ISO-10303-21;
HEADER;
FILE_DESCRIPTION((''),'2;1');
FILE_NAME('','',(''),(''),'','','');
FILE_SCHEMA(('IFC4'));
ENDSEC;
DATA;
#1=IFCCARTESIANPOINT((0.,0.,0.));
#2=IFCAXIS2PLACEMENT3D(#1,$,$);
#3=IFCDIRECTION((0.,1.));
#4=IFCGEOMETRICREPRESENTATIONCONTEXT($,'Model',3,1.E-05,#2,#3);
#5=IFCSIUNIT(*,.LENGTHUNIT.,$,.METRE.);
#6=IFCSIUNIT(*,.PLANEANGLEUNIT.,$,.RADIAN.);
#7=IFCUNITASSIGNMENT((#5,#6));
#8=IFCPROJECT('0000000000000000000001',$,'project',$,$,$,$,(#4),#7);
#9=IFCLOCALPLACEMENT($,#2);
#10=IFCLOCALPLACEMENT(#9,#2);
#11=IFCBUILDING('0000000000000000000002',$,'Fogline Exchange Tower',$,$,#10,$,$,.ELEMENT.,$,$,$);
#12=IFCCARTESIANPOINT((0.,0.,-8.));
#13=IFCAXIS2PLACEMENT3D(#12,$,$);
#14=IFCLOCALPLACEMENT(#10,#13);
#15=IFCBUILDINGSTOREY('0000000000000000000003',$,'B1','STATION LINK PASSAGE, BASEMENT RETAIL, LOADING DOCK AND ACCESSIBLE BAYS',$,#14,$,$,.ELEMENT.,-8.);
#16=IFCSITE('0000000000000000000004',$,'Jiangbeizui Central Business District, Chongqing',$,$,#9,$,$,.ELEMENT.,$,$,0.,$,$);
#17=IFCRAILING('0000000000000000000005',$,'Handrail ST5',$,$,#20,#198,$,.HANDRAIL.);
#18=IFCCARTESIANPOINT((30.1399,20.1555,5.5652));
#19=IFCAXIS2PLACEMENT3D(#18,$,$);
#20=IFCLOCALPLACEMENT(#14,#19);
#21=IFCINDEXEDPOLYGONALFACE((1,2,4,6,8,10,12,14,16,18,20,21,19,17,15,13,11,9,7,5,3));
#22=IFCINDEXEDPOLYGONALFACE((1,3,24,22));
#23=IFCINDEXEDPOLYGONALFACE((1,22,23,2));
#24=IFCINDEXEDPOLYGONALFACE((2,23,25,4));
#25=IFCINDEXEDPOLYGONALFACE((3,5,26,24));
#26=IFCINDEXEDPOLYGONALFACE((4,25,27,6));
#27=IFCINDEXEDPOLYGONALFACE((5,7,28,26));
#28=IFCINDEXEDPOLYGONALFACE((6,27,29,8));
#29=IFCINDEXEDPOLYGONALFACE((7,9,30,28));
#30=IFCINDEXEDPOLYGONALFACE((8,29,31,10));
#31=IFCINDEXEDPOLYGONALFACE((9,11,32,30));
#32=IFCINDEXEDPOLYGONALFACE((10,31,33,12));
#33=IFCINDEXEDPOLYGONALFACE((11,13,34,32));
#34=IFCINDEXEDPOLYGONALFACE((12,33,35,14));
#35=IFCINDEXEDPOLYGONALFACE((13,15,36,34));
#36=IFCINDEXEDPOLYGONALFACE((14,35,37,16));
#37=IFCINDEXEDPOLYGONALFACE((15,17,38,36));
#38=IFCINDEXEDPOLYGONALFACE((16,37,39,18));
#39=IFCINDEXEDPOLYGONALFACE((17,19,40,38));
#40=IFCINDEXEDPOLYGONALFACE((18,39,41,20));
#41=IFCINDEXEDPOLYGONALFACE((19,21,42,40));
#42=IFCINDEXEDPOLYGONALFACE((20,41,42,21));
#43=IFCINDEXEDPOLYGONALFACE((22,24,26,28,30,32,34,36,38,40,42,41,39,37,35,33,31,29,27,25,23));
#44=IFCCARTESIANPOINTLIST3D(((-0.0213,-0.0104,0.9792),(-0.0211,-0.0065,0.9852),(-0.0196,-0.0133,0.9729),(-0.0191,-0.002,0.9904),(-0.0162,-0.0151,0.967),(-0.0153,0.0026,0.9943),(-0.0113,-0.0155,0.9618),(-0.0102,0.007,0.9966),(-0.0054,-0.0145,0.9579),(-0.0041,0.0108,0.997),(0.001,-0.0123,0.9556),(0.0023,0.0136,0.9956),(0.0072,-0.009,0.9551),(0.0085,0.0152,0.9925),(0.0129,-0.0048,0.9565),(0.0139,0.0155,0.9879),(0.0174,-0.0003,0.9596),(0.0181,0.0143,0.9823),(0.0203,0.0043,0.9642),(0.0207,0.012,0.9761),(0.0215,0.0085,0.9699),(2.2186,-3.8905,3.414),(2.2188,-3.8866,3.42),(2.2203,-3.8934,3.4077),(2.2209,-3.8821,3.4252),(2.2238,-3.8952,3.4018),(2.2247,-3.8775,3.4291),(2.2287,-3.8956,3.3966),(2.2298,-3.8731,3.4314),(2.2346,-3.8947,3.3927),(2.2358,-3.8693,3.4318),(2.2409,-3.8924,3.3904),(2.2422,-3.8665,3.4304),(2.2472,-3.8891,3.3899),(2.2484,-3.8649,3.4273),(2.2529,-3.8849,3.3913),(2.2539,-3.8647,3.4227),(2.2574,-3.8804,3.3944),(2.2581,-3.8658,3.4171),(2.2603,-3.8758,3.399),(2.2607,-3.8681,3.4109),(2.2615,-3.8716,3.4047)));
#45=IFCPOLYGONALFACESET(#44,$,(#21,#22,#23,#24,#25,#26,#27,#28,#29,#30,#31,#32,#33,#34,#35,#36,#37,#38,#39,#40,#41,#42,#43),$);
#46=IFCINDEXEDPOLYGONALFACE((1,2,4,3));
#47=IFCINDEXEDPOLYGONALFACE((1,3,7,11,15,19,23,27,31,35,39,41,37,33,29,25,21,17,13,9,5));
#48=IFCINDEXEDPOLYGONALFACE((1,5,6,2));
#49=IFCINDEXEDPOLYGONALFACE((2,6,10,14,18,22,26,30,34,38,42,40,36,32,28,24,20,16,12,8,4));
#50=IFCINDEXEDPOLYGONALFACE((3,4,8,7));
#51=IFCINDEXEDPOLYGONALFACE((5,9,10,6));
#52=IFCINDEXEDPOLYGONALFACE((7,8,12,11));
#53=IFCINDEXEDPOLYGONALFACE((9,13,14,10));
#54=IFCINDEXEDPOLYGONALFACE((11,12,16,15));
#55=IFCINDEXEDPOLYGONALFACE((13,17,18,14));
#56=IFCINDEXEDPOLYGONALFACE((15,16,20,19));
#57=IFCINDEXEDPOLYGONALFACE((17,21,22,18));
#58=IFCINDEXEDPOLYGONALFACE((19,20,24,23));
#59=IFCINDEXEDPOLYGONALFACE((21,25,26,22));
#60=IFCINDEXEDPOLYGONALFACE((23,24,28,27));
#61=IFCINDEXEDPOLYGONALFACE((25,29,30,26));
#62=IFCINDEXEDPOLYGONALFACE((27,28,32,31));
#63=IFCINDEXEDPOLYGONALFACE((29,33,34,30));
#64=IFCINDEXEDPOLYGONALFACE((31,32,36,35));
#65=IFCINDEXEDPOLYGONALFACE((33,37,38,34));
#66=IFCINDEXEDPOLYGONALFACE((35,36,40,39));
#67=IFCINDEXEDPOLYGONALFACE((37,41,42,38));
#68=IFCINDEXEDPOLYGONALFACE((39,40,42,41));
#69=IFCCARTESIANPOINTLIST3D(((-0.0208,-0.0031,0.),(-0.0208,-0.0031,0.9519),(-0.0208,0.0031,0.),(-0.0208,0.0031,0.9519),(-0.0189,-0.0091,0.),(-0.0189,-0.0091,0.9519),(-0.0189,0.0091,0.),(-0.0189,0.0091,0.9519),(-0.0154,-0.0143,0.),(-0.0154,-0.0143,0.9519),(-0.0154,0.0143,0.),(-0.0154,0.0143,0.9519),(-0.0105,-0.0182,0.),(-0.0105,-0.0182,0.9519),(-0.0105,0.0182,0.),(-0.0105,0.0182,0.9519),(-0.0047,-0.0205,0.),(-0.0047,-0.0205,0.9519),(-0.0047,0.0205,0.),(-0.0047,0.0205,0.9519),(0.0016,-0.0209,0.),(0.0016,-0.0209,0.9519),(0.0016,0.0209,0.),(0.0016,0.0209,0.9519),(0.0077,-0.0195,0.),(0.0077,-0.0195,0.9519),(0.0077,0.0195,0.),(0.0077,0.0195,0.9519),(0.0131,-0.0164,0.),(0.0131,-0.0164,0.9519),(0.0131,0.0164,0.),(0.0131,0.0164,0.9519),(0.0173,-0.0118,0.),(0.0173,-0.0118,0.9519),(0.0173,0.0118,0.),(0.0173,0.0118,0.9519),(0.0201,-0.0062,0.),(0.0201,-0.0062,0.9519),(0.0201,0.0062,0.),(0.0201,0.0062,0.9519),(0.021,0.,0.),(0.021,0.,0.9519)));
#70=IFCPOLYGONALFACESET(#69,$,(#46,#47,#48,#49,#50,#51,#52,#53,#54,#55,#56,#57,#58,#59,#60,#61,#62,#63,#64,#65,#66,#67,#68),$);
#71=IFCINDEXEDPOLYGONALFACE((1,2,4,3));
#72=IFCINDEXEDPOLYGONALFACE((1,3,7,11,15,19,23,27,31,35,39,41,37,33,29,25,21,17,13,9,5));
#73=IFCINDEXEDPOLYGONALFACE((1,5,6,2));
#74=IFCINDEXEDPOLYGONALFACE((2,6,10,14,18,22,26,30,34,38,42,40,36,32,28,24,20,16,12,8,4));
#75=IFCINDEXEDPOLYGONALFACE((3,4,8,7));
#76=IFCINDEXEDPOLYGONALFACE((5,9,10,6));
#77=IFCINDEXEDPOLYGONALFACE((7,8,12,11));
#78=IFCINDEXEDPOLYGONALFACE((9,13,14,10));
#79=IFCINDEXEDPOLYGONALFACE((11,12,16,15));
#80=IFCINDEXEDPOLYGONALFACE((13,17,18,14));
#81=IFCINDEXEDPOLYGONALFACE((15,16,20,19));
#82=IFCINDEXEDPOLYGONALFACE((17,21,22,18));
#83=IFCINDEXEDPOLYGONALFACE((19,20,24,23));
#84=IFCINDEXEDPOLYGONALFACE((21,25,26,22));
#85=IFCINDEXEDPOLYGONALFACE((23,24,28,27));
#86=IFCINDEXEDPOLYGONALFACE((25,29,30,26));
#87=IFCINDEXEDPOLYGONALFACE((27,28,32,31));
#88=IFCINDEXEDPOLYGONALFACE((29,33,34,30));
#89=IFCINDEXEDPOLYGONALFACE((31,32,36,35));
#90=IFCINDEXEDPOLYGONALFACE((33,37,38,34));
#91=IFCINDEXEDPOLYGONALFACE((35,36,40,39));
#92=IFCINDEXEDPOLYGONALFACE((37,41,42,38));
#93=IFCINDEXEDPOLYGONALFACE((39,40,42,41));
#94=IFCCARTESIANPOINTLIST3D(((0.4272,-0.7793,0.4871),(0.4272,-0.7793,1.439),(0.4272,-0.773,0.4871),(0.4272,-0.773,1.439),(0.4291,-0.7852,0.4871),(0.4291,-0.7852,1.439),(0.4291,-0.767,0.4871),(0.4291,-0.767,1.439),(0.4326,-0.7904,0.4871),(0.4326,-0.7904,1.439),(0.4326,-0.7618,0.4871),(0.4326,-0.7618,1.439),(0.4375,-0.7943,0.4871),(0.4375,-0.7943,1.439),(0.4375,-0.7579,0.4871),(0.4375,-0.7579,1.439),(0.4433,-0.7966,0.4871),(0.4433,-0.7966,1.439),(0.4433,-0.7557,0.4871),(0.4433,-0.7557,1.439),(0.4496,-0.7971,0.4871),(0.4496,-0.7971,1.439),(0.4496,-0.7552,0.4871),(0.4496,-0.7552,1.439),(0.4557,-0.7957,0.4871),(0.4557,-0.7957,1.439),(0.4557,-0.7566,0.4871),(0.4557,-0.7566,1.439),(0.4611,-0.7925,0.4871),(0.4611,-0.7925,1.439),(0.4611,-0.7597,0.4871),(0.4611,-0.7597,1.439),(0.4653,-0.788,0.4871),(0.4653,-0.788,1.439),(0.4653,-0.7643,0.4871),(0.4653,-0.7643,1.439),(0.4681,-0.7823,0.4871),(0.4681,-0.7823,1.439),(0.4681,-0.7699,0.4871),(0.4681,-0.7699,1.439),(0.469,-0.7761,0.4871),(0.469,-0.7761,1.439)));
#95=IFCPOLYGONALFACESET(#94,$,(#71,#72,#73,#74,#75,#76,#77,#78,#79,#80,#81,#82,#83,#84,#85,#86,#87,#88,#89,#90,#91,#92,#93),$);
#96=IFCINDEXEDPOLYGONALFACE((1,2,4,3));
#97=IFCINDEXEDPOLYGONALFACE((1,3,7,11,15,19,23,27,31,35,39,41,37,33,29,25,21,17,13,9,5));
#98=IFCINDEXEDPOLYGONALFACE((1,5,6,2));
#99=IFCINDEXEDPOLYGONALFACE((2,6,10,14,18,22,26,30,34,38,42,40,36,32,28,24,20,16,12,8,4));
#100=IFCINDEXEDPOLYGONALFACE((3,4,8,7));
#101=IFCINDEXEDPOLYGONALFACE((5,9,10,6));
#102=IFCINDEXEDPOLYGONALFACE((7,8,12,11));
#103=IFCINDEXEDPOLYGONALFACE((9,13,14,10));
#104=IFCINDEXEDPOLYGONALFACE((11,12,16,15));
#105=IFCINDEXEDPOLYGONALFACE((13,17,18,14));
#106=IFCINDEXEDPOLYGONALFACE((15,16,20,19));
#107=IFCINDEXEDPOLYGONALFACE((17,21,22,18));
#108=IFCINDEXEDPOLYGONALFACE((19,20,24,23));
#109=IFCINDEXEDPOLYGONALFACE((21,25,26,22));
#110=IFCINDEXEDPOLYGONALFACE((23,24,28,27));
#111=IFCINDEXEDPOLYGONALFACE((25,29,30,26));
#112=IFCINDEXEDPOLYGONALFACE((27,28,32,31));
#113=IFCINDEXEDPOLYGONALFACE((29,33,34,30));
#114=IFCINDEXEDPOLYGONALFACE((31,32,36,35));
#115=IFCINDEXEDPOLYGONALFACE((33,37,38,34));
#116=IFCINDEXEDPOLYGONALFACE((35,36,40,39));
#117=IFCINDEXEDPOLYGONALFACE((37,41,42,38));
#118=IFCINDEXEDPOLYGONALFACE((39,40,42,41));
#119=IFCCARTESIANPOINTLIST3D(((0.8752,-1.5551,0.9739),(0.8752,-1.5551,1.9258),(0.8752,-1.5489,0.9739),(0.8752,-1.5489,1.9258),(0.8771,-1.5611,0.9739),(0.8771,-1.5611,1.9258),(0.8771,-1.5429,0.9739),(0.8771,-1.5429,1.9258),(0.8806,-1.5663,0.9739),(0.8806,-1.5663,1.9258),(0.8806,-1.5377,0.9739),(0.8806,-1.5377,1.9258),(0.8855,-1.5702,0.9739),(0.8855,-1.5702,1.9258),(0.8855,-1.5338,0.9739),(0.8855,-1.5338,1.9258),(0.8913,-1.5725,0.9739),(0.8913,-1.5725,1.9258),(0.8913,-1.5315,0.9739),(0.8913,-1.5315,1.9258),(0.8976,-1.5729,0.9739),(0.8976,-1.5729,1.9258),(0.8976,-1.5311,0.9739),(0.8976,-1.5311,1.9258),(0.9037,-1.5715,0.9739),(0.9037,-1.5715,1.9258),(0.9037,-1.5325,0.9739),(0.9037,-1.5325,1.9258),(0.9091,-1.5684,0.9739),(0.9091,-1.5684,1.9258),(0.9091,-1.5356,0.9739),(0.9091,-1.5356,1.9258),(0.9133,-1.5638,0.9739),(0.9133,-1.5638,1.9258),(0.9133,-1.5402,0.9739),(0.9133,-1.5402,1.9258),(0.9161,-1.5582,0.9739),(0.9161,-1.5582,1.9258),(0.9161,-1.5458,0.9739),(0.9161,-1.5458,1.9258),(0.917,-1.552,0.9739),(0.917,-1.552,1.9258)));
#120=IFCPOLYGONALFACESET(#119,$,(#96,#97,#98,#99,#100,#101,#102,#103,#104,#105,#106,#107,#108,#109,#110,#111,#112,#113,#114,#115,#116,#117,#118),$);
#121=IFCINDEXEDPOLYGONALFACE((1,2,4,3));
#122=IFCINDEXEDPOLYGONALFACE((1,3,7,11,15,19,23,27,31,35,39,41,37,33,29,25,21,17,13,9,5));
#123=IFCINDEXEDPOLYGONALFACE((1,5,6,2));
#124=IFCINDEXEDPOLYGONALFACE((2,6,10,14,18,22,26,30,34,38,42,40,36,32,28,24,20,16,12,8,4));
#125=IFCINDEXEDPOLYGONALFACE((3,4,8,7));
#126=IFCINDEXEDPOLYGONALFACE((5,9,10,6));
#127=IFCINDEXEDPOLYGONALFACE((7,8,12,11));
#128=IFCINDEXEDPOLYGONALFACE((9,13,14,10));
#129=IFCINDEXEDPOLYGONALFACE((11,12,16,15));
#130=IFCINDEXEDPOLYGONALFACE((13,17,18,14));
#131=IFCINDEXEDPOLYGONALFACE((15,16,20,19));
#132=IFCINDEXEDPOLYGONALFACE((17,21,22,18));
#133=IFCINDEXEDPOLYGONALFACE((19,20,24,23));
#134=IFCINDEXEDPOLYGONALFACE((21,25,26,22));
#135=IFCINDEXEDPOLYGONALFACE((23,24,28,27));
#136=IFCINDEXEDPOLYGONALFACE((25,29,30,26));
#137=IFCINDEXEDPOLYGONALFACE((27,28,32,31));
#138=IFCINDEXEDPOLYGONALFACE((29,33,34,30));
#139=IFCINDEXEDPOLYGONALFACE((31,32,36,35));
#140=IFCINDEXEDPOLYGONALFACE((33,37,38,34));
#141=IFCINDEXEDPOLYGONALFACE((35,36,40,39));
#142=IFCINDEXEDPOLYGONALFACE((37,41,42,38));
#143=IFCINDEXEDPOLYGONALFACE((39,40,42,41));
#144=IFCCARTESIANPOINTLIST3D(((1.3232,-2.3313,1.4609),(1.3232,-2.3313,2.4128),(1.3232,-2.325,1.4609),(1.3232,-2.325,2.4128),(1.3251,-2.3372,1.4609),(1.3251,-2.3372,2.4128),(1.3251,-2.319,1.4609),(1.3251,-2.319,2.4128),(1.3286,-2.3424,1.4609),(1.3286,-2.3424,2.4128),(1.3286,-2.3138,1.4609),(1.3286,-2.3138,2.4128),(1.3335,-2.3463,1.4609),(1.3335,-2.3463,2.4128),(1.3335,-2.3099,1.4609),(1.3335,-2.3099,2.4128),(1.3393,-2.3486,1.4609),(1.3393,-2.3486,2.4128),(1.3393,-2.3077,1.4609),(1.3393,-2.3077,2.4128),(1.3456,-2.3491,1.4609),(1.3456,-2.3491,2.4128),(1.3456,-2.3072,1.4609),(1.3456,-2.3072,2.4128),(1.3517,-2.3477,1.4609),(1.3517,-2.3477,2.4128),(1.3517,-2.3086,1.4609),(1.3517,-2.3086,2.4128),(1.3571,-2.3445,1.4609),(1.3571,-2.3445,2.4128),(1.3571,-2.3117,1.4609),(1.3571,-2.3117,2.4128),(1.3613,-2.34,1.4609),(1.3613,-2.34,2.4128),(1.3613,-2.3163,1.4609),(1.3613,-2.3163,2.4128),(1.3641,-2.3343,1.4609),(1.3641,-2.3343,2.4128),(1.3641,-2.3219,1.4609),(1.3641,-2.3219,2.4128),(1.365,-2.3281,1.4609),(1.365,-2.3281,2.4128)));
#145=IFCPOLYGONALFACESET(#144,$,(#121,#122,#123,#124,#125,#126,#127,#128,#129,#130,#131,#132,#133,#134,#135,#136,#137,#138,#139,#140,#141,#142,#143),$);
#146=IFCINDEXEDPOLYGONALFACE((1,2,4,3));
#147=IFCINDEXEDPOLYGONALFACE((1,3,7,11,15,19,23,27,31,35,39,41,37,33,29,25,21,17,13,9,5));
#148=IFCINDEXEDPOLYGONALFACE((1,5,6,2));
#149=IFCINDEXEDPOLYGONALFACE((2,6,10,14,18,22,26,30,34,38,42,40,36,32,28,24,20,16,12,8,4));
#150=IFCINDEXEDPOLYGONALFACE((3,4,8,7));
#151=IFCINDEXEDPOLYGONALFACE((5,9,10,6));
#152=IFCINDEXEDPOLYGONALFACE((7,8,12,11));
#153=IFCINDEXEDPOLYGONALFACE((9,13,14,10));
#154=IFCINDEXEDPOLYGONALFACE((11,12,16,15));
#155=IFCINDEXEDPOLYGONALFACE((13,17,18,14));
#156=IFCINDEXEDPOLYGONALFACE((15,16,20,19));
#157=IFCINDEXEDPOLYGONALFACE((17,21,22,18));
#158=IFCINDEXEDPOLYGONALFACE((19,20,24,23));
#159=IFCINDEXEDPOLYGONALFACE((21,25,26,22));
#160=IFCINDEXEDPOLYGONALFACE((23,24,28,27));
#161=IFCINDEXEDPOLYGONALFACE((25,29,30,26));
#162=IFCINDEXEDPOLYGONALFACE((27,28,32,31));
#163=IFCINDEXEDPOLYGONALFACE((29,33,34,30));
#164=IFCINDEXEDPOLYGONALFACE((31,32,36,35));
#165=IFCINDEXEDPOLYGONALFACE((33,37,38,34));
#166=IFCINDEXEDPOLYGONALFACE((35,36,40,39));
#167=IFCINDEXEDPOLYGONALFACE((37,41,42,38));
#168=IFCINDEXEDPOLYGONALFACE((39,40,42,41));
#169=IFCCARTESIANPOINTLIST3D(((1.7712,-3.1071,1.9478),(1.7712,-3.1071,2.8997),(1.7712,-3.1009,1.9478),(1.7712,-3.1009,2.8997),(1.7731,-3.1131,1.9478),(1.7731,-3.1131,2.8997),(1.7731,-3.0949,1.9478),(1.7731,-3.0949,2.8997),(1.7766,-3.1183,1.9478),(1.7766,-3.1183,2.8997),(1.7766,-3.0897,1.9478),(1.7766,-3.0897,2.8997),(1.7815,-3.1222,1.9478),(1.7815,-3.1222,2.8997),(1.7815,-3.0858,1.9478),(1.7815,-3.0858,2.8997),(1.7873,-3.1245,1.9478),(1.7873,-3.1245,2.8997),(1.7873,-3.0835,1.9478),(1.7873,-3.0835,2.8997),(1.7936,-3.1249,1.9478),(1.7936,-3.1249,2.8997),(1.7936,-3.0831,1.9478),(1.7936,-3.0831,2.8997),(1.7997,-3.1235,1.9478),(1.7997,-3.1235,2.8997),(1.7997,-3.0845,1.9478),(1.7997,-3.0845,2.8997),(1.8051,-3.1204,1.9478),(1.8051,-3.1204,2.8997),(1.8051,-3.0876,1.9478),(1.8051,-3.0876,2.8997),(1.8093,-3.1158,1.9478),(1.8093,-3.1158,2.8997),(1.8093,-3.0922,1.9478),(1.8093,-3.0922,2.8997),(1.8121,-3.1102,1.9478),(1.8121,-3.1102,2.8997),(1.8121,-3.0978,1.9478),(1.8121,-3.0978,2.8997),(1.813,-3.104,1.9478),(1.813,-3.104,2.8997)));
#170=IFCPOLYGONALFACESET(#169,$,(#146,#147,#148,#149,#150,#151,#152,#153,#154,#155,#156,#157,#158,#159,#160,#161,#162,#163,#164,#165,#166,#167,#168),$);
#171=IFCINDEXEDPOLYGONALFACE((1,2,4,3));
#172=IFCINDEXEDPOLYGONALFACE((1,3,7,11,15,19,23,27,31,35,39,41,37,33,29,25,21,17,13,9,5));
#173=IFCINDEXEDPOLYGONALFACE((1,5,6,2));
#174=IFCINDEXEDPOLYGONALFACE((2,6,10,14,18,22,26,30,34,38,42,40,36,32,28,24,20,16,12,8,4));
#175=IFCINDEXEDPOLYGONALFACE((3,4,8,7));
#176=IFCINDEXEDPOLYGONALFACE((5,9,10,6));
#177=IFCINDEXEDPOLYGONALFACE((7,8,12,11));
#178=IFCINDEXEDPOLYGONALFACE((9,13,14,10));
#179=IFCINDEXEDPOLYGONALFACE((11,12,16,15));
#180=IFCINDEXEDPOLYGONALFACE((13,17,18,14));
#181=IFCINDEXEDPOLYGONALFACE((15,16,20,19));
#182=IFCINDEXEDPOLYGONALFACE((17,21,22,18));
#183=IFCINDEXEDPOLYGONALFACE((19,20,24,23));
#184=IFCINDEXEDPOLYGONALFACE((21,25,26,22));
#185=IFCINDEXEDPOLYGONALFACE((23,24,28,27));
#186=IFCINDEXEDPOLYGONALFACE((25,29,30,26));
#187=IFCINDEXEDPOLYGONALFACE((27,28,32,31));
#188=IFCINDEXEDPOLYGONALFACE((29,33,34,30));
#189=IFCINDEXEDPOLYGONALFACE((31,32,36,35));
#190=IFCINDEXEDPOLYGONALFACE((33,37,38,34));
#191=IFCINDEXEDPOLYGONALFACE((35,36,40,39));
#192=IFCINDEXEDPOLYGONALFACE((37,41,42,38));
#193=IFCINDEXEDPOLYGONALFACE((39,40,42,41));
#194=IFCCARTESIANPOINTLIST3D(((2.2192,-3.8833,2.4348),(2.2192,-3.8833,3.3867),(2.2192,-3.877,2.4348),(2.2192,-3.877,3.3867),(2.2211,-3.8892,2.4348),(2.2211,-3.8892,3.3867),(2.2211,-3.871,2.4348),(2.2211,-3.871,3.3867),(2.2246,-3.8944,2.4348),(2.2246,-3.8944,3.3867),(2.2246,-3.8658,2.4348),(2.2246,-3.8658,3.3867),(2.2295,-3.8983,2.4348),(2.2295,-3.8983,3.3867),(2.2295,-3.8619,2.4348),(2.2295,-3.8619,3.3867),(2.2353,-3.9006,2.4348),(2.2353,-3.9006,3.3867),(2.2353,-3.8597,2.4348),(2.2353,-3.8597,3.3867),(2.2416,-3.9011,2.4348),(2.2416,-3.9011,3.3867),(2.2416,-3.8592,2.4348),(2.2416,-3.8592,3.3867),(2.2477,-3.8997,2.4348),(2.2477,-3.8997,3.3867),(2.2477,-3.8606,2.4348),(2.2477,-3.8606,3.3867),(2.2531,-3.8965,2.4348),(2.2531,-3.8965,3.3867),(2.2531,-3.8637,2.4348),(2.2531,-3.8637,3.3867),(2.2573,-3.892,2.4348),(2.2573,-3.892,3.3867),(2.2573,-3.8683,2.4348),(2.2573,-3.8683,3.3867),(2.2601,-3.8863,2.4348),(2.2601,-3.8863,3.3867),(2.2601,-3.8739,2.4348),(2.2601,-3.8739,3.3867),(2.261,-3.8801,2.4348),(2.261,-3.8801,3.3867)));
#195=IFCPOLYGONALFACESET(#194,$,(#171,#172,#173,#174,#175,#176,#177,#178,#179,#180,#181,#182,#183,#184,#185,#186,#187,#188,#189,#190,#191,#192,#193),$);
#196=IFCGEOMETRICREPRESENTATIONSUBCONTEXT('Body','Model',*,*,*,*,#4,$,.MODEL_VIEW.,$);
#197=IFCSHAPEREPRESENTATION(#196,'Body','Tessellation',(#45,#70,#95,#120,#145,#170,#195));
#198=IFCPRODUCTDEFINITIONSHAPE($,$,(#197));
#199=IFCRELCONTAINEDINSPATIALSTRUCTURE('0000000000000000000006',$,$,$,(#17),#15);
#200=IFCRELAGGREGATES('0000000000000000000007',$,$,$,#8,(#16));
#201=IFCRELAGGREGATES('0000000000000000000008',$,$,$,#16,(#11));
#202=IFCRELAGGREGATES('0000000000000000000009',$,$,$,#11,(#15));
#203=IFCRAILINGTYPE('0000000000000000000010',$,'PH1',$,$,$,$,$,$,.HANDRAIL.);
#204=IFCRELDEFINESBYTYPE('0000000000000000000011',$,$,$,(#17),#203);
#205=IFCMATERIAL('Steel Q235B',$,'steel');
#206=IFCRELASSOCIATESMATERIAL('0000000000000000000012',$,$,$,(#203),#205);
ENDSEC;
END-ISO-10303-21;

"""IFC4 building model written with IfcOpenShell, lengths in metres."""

from ifc_helpers import new_model, si_unit, direction, frame, origin, origin_2d, place, context, subcontext, project, spatial, circle, extrude, material, type_object, element, save


model = new_model("IFC4")

# Units and contexts
model_context = context("Model", 3, precision=1e-05, world=origin(), true_north=direction((0.0, 1.0)))
body_context = subcontext(model_context, "Body", "Model", "MODEL_VIEW")
ifc_project = project(units=[si_unit("LENGTHUNIT", "METRE"), si_unit("PLANEANGLEUNIT", "RADIAN")], contexts=[model_context])

# Site, building, storey
site_placement = place(None, origin())
site = spatial("IfcSite", under=ifc_project, at=site_placement, Name="Jiangbeizui Central Business District, Chongqing", CompositionType="ELEMENT", RefElevation=0.0)
building_placement = place(site_placement, origin())
building = spatial("IfcBuilding", under=site, at=building_placement, Name="Fogline Exchange Tower", CompositionType="ELEMENT")
storey_placement = place(building_placement, frame((0.0, 0.0, -8.0)))
storey = spatial("IfcBuildingStorey", under=building, at=storey_placement, Name="B1", Description="STATION LINK PASSAGE, BASEMENT RETAIL, LOADING DOCK AND ACCESSIBLE BAYS", CompositionType="ELEMENT", Elevation=-8.0)

# Shared definitions
ifc_material_1 = material(Name="Steel Q235B", Category="steel")

# Railing
railing_type_1 = type_object("IfcRailingType", Name="PH1", PredefinedType="HANDRAIL", material=ifc_material_1)
railing_1_placement = place(storey_placement, frame((30.1399, 20.1555, 5.5652)))
element("IfcRailing", 1, at=railing_1_placement, inside=storey, type_object=railing_type_1, Name="Handrail ST5", PredefinedType="HANDRAIL", context=body_context, shape_type="SweptSolid", body=[
    extrude(circle(Radius=0.0239, at=origin_2d()), frame((0.0, 0.0, 0.9761), z_axis=(0.439288, -0.760937, 0.477495), x_axis=(0.866045, 0.499966, 0.0)), (0.0, 0.0, 1.0), 5.0991),
    extrude(circle(Radius=0.021, at=origin_2d()), origin(), (0.0, 0.0, 1.0), 0.9519),
    extrude(circle(Radius=0.021, at=origin_2d()), frame((0.448, -0.7761, 0.4871)), (0.0, 0.0, 1.0), 0.9519),
    extrude(circle(Radius=0.021, at=origin_2d()), frame((0.896, -1.552, 0.9739)), (0.0, 0.0, 1.0), 0.9519),
    extrude(circle(Radius=0.021, at=origin_2d()), frame((1.344, -2.3281, 1.4609)), (0.0, 0.0, 1.0), 0.9519),
    extrude(circle(Radius=0.021, at=origin_2d()), frame((1.792, -3.104, 1.9478)), (0.0, 0.0, 1.0), 0.9519),
    extrude(circle(Radius=0.021, at=origin_2d()), frame((2.24, -3.8801, 2.4348)), (0.0, 0.0, 1.0), 0.9519),
])

save(model, "model.ifc")
